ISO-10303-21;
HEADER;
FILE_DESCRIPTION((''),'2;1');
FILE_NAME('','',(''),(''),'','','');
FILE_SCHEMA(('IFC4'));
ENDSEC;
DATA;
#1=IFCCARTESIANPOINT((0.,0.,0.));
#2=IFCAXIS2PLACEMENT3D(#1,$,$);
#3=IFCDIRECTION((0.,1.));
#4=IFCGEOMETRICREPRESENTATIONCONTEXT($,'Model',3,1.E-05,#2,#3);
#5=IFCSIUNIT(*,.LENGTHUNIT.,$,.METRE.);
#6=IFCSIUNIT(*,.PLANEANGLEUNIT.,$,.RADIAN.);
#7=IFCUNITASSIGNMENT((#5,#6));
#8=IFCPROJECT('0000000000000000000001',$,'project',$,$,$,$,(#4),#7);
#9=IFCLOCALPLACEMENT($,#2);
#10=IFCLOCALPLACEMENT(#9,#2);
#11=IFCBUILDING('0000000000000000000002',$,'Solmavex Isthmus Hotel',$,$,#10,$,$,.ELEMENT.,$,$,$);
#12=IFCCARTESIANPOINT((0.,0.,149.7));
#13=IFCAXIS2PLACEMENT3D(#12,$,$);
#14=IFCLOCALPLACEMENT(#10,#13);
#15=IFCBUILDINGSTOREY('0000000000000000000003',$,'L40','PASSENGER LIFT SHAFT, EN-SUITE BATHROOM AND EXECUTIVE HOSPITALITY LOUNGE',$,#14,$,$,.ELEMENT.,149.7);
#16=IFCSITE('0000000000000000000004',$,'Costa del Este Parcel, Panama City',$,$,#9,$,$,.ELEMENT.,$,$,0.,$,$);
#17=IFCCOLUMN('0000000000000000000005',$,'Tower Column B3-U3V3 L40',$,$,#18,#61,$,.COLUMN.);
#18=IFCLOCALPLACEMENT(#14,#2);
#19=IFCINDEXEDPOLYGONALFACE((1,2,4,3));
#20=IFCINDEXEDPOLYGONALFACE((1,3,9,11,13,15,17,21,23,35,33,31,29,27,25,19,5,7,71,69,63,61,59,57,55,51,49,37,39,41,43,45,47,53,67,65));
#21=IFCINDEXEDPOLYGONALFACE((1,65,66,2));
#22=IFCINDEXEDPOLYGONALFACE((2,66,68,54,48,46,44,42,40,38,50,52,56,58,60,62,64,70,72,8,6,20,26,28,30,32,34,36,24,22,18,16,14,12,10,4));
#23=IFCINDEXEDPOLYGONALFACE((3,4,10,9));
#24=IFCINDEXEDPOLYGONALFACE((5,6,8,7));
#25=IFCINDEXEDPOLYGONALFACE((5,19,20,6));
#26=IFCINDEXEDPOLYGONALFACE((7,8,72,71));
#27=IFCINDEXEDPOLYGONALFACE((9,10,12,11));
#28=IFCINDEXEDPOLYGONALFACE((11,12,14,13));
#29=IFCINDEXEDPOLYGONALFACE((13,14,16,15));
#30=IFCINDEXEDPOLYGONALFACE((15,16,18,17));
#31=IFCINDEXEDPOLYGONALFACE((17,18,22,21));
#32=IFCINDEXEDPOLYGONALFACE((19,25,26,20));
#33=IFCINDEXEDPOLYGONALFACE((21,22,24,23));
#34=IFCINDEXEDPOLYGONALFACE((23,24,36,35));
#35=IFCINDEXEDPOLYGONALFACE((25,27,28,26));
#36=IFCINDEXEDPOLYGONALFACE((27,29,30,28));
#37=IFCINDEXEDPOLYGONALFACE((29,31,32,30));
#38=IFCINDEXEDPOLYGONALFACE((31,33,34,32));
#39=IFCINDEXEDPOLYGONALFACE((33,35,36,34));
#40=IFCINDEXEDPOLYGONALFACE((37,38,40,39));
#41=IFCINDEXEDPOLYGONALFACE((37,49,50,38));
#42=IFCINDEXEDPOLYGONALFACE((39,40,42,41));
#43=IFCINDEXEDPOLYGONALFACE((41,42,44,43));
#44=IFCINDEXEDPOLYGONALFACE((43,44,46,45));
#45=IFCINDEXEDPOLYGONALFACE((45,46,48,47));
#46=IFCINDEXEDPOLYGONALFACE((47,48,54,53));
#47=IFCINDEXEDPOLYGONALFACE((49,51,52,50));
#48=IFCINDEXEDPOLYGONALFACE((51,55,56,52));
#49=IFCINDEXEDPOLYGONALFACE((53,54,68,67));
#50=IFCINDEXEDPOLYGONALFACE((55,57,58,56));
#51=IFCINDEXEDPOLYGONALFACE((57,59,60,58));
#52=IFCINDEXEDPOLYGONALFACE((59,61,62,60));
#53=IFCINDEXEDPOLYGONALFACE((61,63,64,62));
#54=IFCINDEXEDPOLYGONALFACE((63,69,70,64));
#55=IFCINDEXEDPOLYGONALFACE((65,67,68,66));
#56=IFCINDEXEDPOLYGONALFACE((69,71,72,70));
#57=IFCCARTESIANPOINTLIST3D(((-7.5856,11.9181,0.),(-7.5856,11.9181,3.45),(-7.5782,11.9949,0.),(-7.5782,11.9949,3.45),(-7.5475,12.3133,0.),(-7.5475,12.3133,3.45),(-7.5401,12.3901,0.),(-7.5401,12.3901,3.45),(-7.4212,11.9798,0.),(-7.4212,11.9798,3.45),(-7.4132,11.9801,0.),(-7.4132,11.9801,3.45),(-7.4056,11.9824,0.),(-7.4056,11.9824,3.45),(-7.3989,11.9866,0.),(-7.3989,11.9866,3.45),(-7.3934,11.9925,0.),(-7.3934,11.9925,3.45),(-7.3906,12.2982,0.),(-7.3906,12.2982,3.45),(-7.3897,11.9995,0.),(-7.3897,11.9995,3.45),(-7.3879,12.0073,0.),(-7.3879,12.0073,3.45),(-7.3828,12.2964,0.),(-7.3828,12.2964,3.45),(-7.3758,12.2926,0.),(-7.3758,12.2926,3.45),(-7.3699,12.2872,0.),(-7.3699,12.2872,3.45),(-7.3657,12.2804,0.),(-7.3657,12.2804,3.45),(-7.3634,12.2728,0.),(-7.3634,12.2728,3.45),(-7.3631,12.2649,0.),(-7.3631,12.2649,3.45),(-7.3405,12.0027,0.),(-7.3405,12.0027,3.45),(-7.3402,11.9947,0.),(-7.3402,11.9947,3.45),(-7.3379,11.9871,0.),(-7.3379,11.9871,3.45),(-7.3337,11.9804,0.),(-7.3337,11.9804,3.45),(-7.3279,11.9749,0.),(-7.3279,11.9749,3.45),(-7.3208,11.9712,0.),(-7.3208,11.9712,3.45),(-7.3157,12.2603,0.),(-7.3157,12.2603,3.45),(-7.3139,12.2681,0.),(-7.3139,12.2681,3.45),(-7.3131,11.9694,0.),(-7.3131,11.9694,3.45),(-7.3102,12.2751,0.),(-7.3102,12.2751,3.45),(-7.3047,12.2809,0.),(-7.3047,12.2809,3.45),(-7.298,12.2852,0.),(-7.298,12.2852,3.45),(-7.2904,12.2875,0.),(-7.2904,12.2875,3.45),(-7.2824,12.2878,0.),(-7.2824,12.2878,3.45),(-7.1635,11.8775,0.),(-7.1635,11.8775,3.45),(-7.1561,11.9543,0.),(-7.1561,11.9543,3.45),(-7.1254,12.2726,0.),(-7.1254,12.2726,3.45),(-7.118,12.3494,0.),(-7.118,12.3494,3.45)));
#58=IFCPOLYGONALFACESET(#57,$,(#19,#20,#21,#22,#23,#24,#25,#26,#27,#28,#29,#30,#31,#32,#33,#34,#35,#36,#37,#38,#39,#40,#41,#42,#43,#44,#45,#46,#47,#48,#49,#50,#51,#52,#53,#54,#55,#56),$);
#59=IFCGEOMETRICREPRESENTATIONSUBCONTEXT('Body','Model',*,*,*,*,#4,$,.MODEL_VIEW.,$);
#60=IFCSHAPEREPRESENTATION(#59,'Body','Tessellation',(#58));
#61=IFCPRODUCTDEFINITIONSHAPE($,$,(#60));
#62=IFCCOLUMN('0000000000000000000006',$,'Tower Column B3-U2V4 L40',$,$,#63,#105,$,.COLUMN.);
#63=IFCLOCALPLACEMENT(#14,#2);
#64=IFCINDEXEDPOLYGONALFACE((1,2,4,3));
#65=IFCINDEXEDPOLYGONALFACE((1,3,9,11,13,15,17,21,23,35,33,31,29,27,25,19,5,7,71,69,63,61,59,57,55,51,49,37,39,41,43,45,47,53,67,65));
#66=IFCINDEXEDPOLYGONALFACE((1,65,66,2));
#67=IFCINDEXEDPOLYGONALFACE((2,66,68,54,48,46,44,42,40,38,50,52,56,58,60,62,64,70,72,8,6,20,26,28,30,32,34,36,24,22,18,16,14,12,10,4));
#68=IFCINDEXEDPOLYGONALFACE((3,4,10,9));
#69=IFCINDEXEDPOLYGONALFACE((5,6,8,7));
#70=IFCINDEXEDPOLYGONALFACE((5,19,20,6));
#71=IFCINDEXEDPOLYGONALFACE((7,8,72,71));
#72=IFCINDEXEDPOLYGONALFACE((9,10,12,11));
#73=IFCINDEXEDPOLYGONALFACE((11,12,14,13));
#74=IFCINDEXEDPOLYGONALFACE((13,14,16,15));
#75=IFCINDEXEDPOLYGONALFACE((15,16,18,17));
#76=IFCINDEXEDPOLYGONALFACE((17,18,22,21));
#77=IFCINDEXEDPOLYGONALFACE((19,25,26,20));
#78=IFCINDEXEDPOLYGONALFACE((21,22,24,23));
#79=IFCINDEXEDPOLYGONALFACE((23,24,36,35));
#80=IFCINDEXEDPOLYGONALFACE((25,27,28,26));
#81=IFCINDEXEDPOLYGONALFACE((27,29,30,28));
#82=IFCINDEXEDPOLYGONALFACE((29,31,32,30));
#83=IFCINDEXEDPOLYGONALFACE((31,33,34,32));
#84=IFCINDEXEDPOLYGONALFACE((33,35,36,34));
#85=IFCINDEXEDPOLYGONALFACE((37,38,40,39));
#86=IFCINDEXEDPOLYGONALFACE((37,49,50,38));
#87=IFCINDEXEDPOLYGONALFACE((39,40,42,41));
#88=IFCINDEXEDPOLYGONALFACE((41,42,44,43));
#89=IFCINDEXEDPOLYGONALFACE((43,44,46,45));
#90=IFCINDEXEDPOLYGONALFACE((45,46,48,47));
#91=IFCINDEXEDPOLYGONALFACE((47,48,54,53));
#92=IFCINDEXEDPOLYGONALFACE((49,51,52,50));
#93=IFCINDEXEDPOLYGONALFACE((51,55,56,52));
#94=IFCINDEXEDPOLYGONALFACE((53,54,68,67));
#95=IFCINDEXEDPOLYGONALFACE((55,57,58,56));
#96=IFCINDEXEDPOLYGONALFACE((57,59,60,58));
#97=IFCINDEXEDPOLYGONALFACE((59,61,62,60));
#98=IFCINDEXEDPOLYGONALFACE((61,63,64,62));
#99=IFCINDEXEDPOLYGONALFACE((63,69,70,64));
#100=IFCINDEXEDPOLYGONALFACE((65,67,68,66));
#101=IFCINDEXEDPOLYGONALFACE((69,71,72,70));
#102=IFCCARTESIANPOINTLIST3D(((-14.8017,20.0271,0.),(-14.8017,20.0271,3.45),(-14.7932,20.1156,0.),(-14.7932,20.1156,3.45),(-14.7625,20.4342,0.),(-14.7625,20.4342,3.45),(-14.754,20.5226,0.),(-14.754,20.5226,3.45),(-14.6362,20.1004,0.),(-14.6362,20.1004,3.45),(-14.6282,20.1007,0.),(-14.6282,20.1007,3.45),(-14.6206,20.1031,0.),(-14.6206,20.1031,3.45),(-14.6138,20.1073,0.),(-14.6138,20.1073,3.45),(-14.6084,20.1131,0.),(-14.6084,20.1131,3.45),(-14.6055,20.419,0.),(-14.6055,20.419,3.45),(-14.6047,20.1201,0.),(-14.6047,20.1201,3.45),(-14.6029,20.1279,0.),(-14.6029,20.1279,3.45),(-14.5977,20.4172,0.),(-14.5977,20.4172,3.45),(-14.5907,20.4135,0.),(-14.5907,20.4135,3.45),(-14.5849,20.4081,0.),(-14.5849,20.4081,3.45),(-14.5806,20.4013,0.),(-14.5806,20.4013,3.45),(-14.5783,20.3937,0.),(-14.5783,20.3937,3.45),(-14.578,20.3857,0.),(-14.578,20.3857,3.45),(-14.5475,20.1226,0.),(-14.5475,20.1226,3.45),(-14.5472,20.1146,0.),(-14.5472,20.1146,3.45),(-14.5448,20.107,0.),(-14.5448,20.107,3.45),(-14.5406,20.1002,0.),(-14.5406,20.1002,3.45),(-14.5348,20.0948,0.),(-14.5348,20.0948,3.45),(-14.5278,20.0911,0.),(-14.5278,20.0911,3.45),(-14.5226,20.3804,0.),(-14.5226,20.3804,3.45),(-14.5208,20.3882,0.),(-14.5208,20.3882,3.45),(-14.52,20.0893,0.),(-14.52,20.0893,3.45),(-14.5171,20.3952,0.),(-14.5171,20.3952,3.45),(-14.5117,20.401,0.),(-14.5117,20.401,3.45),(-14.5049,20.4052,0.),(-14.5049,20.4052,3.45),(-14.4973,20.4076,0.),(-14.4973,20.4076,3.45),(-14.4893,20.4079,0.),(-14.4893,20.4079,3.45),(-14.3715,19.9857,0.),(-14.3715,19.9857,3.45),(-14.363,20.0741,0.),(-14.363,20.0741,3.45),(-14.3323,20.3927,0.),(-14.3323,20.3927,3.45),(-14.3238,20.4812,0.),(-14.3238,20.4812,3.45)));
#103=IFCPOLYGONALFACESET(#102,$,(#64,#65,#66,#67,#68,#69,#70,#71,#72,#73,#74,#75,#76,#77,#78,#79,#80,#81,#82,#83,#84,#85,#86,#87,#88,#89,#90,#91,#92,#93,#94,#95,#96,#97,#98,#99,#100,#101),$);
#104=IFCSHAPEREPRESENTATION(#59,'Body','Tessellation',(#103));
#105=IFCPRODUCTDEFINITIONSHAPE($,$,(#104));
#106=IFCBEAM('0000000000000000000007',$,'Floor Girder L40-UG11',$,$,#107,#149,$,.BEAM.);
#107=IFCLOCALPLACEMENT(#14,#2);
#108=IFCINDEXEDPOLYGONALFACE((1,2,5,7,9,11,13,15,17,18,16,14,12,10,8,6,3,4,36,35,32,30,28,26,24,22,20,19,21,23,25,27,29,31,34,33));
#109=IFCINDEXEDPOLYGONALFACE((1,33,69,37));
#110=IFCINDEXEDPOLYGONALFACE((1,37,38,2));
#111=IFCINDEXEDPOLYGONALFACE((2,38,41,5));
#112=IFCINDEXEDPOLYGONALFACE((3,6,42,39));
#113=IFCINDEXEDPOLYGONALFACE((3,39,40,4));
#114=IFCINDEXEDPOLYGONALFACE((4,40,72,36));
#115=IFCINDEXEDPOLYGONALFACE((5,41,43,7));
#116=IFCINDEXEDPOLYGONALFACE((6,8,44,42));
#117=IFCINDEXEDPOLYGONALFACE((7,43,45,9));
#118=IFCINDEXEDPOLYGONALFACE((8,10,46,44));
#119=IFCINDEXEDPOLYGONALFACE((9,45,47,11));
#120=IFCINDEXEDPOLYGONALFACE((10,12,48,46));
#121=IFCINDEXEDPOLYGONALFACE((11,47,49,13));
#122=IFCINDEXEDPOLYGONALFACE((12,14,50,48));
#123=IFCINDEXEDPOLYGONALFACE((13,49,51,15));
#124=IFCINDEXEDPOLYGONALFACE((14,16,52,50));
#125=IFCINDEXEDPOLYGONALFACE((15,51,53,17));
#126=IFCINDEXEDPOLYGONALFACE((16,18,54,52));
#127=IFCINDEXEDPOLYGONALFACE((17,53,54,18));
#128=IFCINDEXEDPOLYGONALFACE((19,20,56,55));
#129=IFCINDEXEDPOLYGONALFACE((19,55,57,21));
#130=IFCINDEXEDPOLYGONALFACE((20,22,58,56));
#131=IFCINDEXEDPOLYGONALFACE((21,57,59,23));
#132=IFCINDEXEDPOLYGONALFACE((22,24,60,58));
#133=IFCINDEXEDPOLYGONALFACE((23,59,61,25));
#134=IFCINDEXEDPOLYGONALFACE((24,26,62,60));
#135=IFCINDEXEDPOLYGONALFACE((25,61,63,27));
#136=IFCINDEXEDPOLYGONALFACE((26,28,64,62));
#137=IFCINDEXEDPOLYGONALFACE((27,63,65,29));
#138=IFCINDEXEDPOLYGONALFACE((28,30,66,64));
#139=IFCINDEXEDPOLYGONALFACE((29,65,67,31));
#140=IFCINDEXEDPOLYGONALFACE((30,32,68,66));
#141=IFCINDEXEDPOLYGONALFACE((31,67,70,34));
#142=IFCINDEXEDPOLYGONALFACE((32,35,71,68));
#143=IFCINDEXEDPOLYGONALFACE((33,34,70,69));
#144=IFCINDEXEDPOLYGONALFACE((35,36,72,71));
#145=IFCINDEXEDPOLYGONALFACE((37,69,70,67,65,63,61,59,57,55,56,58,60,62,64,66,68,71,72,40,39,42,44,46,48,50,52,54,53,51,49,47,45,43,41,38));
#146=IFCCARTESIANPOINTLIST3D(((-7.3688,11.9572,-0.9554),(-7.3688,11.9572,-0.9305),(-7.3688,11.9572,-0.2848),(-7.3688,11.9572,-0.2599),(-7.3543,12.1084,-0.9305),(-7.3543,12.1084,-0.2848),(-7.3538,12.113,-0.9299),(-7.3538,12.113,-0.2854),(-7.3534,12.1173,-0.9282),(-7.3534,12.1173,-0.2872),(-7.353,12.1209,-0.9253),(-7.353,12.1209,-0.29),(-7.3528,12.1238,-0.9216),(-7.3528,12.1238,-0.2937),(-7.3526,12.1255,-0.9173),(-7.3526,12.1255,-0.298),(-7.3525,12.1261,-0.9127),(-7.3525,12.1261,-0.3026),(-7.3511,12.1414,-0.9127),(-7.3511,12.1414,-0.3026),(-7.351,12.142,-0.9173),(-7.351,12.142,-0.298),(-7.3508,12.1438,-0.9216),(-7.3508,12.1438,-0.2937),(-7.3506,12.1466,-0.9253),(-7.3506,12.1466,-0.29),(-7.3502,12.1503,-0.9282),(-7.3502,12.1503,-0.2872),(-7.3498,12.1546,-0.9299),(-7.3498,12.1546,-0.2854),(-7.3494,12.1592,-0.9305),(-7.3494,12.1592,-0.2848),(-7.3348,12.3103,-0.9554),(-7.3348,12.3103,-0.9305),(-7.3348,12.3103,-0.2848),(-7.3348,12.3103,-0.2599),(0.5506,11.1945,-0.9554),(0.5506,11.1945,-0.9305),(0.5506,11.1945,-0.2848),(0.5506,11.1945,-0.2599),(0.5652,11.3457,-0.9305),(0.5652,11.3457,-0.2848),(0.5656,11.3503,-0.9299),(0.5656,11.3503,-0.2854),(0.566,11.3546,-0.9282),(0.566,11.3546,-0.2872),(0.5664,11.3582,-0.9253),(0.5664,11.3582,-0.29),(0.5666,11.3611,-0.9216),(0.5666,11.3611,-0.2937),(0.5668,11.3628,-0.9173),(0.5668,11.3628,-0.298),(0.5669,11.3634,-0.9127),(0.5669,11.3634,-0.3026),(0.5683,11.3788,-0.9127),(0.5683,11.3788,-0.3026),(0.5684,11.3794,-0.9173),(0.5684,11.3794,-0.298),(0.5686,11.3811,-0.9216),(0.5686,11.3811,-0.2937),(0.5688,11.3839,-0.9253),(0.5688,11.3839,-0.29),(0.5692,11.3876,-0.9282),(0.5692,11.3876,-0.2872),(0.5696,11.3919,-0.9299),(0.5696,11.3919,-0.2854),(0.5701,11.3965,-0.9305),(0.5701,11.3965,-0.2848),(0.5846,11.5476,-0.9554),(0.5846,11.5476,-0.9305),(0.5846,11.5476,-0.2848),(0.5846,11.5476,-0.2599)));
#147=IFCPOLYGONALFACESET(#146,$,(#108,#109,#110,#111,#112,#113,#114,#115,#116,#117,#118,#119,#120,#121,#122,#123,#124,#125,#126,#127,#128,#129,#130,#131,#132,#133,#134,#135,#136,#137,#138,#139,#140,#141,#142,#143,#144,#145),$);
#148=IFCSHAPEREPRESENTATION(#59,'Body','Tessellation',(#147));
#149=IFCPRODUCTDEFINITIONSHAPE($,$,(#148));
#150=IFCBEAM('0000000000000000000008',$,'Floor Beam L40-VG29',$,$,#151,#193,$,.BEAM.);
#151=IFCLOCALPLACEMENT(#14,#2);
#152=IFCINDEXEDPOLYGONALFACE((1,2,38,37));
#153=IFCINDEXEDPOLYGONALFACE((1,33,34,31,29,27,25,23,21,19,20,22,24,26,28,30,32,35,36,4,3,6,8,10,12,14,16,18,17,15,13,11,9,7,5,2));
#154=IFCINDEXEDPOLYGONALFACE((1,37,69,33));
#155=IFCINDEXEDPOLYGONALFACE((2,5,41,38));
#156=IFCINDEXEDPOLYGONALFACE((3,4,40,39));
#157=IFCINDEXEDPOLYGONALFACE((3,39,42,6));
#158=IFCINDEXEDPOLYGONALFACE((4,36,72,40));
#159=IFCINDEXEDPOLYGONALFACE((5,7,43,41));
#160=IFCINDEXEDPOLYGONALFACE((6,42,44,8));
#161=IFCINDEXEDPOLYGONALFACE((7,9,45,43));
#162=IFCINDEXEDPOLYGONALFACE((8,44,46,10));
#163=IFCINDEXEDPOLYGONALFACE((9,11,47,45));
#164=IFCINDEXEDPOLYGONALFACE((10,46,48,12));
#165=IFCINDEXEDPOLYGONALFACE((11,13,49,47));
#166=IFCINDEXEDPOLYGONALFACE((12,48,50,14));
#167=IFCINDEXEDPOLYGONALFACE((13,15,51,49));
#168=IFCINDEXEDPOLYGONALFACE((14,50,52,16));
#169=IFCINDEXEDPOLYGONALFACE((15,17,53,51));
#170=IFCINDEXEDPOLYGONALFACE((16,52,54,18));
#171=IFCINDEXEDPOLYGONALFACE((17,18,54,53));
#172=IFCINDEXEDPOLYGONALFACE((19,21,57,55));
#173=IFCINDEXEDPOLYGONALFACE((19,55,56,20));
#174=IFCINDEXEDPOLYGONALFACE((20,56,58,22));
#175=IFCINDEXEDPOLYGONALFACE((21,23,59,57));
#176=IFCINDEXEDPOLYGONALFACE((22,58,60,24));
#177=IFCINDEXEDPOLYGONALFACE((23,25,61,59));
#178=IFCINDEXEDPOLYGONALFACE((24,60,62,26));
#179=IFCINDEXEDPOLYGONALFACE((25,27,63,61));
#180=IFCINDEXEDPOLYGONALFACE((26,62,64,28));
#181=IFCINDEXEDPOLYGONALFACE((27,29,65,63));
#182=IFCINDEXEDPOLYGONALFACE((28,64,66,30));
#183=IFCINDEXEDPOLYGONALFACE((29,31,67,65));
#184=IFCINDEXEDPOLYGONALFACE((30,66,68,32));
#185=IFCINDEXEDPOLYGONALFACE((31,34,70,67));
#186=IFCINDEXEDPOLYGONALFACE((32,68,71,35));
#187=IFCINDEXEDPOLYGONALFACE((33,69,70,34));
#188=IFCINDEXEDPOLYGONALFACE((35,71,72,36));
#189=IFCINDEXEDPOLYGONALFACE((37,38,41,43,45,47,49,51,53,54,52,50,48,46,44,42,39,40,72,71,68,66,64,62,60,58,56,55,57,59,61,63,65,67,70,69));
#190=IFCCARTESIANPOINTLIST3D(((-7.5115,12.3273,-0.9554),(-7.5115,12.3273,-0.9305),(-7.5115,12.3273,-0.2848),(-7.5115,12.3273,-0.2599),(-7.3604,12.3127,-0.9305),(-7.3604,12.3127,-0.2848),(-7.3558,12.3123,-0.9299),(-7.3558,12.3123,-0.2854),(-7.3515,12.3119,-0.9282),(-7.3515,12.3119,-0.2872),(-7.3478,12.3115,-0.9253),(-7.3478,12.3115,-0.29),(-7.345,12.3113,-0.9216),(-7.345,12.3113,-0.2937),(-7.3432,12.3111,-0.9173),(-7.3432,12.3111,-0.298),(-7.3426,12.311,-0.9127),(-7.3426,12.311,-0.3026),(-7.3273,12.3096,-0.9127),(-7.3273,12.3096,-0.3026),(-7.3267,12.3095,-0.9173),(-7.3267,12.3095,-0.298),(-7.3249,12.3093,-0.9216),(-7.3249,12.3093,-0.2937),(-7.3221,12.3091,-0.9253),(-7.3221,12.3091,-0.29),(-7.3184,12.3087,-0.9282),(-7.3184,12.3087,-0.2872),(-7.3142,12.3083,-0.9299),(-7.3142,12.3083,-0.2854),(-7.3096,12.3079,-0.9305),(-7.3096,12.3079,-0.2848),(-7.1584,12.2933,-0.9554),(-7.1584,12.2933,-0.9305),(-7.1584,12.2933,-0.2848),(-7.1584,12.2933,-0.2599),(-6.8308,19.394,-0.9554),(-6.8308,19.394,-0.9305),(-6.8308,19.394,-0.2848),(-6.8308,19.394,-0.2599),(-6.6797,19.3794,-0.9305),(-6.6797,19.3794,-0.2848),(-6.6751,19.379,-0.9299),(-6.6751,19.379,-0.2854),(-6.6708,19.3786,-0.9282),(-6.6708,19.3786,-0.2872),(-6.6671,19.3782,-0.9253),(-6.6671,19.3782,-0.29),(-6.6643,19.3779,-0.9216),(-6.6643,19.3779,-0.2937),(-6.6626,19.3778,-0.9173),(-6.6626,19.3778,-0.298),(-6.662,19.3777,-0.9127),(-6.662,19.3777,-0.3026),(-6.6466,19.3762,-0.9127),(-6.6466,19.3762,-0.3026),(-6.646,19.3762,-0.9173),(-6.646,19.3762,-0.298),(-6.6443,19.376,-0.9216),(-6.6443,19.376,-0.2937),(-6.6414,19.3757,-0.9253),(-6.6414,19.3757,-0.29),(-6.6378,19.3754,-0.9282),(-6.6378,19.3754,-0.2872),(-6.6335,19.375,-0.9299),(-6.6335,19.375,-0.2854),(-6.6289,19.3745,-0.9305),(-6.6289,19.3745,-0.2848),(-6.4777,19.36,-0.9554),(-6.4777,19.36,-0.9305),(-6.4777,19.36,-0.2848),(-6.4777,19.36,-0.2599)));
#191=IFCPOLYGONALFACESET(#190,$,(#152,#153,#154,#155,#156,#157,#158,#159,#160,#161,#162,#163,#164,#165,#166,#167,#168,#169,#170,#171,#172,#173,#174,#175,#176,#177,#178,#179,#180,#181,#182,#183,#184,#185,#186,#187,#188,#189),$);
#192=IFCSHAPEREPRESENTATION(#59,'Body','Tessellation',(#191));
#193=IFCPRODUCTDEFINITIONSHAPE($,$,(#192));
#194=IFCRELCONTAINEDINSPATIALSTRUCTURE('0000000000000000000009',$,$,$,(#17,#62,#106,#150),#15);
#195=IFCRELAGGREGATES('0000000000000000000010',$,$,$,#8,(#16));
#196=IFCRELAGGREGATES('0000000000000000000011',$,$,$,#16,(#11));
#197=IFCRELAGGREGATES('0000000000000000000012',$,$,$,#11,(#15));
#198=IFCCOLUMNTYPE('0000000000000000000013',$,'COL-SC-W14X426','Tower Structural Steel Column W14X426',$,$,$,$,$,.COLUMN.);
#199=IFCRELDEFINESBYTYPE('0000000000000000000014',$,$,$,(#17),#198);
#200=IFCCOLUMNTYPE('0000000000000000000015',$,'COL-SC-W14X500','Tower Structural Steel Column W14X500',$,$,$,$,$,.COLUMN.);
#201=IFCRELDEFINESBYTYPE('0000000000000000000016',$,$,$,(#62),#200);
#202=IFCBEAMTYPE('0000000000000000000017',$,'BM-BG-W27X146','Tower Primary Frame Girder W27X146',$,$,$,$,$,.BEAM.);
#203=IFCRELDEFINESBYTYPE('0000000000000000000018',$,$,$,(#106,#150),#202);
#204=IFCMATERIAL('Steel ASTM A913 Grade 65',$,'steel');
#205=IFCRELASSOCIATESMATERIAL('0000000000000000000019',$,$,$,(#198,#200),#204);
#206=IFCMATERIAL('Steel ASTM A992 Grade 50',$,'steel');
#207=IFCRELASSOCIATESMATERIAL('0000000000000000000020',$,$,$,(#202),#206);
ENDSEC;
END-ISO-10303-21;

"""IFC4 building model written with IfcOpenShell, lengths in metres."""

from ifc_helpers import new_model, si_unit, direction, frame, origin, origin_2d, place, context, subcontext, project, spatial, i_section, extrude, material, material_profile, profile_set, type_object, element, save


model = new_model("IFC4")

# Units and contexts
model_context = context("Model", 3, precision=1e-05, world=origin(), true_north=direction((0.0, 1.0)))
body_context = subcontext(model_context, "Body", "Model", "MODEL_VIEW")
ifc_project = project(units=[si_unit("LENGTHUNIT", "METRE"), si_unit("PLANEANGLEUNIT", "RADIAN")], contexts=[model_context])

# Site, building, storey
site_placement = place(None, origin())
site = spatial("IfcSite", under=ifc_project, at=site_placement, Name="Costa del Este Parcel, Panama City", CompositionType="ELEMENT", RefElevation=0.0)
building_placement = place(site_placement, origin())
building = spatial("IfcBuilding", under=site, at=building_placement, Name="Solmavex Isthmus Hotel", CompositionType="ELEMENT")
storey_placement = place(building_placement, frame((0.0, 0.0, 149.7)))
storey = spatial("IfcBuildingStorey", under=building, at=storey_placement, Name="L40", Description="PASSENGER LIFT SHAFT, EN-SUITE BATHROOM AND EXECUTIVE HOSPITALITY LOUNGE", CompositionType="ELEMENT", Elevation=149.7)

# Columns
ifc_material_1 = material(Name="Steel ASTM A913 Grade 65", Category="steel")
ifc_material_profile_1 = material_profile(ifc_material_1, i_section(OverallWidth=0.4241, OverallDepth=0.4741, WebThickness=0.0476, FlangeThickness=0.0771, FilletRadius=0.0305, at=origin_2d()), Name="W14X426")
ifc_profile_set_1 = profile_set([ifc_material_profile_1], Name="Steel ASTM A913 Grade 65")
column_type_1 = type_object("IfcColumnType", Name="COL-SC-W14X426", Description="Tower Structural Steel Column W14X426", PredefinedType="COLUMN", material=ifc_profile_set_1)
column_1_placement = place(storey_placement, frame((-7.3518, 12.1338, 0.0), z_axis=(0.0, 0.0, 1.0), x_axis=(0.995396, -0.095846, 0.0)))
element("IfcColumn", 1, at=column_1_placement, inside=storey, type_object=column_type_1, Name="Tower Column B3-U3V3 L40", PredefinedType="COLUMN", context=body_context, shape_type="SweptSolid", body=[
    extrude(i_section(OverallWidth=0.4241, OverallDepth=0.4741, WebThickness=0.0476, FlangeThickness=0.0771, FilletRadius=0.0305, at=origin_2d()), origin(), (0.0, 0.0, 1.0), 3.45),
])
ifc_material_profile_2 = material_profile(ifc_material_1, i_section(OverallWidth=0.4321, OverallDepth=0.4978, WebThickness=0.0557, FlangeThickness=0.0889, FilletRadius=0.0305, at=origin_2d()), Name="W14X500")
ifc_profile_set_2 = profile_set([ifc_material_profile_2], Name="Steel ASTM A913 Grade 65")
column_type_2 = type_object("IfcColumnType", Name="COL-SC-W14X500", Description="Tower Structural Steel Column W14X500", PredefinedType="COLUMN", material=ifc_profile_set_2)
column_2_placement = place(storey_placement, frame((-14.5627, 20.2542, 0.0), z_axis=(0.0, 0.0, 1.0), x_axis=(0.995396, -0.095846, 0.0)))
element("IfcColumn", 2, at=column_2_placement, inside=storey, type_object=column_type_2, Name="Tower Column B3-U2V4 L40", PredefinedType="COLUMN", context=body_context, shape_type="SweptSolid", body=[
    extrude(i_section(OverallWidth=0.4321, OverallDepth=0.4978, WebThickness=0.0557, FlangeThickness=0.0889, FilletRadius=0.0305, at=origin_2d()), origin(), (0.0, 0.0, 1.0), 3.45),
])

# Beams
ifc_material_2 = material(Name="Steel ASTM A992 Grade 50", Category="steel")
ifc_material_profile_3 = material_profile(ifc_material_2, i_section(OverallWidth=0.3547, OverallDepth=0.6956, WebThickness=0.0154, FlangeThickness=0.0249, FilletRadius=0.0178, at=origin_2d()), Name="W27X146")
ifc_profile_set_3 = profile_set([ifc_material_profile_3], Name="Steel ASTM A992 Grade 50")
beam_type_1 = type_object("IfcBeamType", Name="BM-BG-W27X146", Description="Tower Primary Frame Girder W27X146", PredefinedType="BEAM", material=ifc_profile_set_3)
beam_1_placement = place(storey_placement, frame((-7.3518, 12.1338, -0.6077), z_axis=(0.995395, -0.095863, 0.0), x_axis=(0.095863, 0.995395, 0.0)))
element("IfcBeam", 3, at=beam_1_placement, inside=storey, type_object=beam_type_1, Name="Floor Girder L40-UG11", PredefinedType="BEAM", context=body_context, shape_type="SweptSolid", body=[
    extrude(i_section(OverallWidth=0.3547, OverallDepth=0.6956, WebThickness=0.0154, FlangeThickness=0.0249, FilletRadius=0.0178, at=origin_2d()), origin(), (0.0, 0.0, 1.0), 7.9561),
])
beam_2_placement = place(storey_placement, frame((-7.335, 12.3103, -0.6077), z_axis=(0.095877, 0.995393, 0.0), x_axis=(-0.995393, 0.095877, 0.0)))
element("IfcBeam", 4, at=beam_2_placement, inside=storey, type_object=beam_type_1, Name="Floor Beam L40-VG29", PredefinedType="BEAM", context=body_context, shape_type="SweptSolid", body=[
    extrude(i_section(OverallWidth=0.3547, OverallDepth=0.6956, WebThickness=0.0154, FlangeThickness=0.0249, FilletRadius=0.0178, at=origin_2d()), origin(), (0.0, 0.0, 1.0), 7.0994),
])

save(model, "model.ifc")
